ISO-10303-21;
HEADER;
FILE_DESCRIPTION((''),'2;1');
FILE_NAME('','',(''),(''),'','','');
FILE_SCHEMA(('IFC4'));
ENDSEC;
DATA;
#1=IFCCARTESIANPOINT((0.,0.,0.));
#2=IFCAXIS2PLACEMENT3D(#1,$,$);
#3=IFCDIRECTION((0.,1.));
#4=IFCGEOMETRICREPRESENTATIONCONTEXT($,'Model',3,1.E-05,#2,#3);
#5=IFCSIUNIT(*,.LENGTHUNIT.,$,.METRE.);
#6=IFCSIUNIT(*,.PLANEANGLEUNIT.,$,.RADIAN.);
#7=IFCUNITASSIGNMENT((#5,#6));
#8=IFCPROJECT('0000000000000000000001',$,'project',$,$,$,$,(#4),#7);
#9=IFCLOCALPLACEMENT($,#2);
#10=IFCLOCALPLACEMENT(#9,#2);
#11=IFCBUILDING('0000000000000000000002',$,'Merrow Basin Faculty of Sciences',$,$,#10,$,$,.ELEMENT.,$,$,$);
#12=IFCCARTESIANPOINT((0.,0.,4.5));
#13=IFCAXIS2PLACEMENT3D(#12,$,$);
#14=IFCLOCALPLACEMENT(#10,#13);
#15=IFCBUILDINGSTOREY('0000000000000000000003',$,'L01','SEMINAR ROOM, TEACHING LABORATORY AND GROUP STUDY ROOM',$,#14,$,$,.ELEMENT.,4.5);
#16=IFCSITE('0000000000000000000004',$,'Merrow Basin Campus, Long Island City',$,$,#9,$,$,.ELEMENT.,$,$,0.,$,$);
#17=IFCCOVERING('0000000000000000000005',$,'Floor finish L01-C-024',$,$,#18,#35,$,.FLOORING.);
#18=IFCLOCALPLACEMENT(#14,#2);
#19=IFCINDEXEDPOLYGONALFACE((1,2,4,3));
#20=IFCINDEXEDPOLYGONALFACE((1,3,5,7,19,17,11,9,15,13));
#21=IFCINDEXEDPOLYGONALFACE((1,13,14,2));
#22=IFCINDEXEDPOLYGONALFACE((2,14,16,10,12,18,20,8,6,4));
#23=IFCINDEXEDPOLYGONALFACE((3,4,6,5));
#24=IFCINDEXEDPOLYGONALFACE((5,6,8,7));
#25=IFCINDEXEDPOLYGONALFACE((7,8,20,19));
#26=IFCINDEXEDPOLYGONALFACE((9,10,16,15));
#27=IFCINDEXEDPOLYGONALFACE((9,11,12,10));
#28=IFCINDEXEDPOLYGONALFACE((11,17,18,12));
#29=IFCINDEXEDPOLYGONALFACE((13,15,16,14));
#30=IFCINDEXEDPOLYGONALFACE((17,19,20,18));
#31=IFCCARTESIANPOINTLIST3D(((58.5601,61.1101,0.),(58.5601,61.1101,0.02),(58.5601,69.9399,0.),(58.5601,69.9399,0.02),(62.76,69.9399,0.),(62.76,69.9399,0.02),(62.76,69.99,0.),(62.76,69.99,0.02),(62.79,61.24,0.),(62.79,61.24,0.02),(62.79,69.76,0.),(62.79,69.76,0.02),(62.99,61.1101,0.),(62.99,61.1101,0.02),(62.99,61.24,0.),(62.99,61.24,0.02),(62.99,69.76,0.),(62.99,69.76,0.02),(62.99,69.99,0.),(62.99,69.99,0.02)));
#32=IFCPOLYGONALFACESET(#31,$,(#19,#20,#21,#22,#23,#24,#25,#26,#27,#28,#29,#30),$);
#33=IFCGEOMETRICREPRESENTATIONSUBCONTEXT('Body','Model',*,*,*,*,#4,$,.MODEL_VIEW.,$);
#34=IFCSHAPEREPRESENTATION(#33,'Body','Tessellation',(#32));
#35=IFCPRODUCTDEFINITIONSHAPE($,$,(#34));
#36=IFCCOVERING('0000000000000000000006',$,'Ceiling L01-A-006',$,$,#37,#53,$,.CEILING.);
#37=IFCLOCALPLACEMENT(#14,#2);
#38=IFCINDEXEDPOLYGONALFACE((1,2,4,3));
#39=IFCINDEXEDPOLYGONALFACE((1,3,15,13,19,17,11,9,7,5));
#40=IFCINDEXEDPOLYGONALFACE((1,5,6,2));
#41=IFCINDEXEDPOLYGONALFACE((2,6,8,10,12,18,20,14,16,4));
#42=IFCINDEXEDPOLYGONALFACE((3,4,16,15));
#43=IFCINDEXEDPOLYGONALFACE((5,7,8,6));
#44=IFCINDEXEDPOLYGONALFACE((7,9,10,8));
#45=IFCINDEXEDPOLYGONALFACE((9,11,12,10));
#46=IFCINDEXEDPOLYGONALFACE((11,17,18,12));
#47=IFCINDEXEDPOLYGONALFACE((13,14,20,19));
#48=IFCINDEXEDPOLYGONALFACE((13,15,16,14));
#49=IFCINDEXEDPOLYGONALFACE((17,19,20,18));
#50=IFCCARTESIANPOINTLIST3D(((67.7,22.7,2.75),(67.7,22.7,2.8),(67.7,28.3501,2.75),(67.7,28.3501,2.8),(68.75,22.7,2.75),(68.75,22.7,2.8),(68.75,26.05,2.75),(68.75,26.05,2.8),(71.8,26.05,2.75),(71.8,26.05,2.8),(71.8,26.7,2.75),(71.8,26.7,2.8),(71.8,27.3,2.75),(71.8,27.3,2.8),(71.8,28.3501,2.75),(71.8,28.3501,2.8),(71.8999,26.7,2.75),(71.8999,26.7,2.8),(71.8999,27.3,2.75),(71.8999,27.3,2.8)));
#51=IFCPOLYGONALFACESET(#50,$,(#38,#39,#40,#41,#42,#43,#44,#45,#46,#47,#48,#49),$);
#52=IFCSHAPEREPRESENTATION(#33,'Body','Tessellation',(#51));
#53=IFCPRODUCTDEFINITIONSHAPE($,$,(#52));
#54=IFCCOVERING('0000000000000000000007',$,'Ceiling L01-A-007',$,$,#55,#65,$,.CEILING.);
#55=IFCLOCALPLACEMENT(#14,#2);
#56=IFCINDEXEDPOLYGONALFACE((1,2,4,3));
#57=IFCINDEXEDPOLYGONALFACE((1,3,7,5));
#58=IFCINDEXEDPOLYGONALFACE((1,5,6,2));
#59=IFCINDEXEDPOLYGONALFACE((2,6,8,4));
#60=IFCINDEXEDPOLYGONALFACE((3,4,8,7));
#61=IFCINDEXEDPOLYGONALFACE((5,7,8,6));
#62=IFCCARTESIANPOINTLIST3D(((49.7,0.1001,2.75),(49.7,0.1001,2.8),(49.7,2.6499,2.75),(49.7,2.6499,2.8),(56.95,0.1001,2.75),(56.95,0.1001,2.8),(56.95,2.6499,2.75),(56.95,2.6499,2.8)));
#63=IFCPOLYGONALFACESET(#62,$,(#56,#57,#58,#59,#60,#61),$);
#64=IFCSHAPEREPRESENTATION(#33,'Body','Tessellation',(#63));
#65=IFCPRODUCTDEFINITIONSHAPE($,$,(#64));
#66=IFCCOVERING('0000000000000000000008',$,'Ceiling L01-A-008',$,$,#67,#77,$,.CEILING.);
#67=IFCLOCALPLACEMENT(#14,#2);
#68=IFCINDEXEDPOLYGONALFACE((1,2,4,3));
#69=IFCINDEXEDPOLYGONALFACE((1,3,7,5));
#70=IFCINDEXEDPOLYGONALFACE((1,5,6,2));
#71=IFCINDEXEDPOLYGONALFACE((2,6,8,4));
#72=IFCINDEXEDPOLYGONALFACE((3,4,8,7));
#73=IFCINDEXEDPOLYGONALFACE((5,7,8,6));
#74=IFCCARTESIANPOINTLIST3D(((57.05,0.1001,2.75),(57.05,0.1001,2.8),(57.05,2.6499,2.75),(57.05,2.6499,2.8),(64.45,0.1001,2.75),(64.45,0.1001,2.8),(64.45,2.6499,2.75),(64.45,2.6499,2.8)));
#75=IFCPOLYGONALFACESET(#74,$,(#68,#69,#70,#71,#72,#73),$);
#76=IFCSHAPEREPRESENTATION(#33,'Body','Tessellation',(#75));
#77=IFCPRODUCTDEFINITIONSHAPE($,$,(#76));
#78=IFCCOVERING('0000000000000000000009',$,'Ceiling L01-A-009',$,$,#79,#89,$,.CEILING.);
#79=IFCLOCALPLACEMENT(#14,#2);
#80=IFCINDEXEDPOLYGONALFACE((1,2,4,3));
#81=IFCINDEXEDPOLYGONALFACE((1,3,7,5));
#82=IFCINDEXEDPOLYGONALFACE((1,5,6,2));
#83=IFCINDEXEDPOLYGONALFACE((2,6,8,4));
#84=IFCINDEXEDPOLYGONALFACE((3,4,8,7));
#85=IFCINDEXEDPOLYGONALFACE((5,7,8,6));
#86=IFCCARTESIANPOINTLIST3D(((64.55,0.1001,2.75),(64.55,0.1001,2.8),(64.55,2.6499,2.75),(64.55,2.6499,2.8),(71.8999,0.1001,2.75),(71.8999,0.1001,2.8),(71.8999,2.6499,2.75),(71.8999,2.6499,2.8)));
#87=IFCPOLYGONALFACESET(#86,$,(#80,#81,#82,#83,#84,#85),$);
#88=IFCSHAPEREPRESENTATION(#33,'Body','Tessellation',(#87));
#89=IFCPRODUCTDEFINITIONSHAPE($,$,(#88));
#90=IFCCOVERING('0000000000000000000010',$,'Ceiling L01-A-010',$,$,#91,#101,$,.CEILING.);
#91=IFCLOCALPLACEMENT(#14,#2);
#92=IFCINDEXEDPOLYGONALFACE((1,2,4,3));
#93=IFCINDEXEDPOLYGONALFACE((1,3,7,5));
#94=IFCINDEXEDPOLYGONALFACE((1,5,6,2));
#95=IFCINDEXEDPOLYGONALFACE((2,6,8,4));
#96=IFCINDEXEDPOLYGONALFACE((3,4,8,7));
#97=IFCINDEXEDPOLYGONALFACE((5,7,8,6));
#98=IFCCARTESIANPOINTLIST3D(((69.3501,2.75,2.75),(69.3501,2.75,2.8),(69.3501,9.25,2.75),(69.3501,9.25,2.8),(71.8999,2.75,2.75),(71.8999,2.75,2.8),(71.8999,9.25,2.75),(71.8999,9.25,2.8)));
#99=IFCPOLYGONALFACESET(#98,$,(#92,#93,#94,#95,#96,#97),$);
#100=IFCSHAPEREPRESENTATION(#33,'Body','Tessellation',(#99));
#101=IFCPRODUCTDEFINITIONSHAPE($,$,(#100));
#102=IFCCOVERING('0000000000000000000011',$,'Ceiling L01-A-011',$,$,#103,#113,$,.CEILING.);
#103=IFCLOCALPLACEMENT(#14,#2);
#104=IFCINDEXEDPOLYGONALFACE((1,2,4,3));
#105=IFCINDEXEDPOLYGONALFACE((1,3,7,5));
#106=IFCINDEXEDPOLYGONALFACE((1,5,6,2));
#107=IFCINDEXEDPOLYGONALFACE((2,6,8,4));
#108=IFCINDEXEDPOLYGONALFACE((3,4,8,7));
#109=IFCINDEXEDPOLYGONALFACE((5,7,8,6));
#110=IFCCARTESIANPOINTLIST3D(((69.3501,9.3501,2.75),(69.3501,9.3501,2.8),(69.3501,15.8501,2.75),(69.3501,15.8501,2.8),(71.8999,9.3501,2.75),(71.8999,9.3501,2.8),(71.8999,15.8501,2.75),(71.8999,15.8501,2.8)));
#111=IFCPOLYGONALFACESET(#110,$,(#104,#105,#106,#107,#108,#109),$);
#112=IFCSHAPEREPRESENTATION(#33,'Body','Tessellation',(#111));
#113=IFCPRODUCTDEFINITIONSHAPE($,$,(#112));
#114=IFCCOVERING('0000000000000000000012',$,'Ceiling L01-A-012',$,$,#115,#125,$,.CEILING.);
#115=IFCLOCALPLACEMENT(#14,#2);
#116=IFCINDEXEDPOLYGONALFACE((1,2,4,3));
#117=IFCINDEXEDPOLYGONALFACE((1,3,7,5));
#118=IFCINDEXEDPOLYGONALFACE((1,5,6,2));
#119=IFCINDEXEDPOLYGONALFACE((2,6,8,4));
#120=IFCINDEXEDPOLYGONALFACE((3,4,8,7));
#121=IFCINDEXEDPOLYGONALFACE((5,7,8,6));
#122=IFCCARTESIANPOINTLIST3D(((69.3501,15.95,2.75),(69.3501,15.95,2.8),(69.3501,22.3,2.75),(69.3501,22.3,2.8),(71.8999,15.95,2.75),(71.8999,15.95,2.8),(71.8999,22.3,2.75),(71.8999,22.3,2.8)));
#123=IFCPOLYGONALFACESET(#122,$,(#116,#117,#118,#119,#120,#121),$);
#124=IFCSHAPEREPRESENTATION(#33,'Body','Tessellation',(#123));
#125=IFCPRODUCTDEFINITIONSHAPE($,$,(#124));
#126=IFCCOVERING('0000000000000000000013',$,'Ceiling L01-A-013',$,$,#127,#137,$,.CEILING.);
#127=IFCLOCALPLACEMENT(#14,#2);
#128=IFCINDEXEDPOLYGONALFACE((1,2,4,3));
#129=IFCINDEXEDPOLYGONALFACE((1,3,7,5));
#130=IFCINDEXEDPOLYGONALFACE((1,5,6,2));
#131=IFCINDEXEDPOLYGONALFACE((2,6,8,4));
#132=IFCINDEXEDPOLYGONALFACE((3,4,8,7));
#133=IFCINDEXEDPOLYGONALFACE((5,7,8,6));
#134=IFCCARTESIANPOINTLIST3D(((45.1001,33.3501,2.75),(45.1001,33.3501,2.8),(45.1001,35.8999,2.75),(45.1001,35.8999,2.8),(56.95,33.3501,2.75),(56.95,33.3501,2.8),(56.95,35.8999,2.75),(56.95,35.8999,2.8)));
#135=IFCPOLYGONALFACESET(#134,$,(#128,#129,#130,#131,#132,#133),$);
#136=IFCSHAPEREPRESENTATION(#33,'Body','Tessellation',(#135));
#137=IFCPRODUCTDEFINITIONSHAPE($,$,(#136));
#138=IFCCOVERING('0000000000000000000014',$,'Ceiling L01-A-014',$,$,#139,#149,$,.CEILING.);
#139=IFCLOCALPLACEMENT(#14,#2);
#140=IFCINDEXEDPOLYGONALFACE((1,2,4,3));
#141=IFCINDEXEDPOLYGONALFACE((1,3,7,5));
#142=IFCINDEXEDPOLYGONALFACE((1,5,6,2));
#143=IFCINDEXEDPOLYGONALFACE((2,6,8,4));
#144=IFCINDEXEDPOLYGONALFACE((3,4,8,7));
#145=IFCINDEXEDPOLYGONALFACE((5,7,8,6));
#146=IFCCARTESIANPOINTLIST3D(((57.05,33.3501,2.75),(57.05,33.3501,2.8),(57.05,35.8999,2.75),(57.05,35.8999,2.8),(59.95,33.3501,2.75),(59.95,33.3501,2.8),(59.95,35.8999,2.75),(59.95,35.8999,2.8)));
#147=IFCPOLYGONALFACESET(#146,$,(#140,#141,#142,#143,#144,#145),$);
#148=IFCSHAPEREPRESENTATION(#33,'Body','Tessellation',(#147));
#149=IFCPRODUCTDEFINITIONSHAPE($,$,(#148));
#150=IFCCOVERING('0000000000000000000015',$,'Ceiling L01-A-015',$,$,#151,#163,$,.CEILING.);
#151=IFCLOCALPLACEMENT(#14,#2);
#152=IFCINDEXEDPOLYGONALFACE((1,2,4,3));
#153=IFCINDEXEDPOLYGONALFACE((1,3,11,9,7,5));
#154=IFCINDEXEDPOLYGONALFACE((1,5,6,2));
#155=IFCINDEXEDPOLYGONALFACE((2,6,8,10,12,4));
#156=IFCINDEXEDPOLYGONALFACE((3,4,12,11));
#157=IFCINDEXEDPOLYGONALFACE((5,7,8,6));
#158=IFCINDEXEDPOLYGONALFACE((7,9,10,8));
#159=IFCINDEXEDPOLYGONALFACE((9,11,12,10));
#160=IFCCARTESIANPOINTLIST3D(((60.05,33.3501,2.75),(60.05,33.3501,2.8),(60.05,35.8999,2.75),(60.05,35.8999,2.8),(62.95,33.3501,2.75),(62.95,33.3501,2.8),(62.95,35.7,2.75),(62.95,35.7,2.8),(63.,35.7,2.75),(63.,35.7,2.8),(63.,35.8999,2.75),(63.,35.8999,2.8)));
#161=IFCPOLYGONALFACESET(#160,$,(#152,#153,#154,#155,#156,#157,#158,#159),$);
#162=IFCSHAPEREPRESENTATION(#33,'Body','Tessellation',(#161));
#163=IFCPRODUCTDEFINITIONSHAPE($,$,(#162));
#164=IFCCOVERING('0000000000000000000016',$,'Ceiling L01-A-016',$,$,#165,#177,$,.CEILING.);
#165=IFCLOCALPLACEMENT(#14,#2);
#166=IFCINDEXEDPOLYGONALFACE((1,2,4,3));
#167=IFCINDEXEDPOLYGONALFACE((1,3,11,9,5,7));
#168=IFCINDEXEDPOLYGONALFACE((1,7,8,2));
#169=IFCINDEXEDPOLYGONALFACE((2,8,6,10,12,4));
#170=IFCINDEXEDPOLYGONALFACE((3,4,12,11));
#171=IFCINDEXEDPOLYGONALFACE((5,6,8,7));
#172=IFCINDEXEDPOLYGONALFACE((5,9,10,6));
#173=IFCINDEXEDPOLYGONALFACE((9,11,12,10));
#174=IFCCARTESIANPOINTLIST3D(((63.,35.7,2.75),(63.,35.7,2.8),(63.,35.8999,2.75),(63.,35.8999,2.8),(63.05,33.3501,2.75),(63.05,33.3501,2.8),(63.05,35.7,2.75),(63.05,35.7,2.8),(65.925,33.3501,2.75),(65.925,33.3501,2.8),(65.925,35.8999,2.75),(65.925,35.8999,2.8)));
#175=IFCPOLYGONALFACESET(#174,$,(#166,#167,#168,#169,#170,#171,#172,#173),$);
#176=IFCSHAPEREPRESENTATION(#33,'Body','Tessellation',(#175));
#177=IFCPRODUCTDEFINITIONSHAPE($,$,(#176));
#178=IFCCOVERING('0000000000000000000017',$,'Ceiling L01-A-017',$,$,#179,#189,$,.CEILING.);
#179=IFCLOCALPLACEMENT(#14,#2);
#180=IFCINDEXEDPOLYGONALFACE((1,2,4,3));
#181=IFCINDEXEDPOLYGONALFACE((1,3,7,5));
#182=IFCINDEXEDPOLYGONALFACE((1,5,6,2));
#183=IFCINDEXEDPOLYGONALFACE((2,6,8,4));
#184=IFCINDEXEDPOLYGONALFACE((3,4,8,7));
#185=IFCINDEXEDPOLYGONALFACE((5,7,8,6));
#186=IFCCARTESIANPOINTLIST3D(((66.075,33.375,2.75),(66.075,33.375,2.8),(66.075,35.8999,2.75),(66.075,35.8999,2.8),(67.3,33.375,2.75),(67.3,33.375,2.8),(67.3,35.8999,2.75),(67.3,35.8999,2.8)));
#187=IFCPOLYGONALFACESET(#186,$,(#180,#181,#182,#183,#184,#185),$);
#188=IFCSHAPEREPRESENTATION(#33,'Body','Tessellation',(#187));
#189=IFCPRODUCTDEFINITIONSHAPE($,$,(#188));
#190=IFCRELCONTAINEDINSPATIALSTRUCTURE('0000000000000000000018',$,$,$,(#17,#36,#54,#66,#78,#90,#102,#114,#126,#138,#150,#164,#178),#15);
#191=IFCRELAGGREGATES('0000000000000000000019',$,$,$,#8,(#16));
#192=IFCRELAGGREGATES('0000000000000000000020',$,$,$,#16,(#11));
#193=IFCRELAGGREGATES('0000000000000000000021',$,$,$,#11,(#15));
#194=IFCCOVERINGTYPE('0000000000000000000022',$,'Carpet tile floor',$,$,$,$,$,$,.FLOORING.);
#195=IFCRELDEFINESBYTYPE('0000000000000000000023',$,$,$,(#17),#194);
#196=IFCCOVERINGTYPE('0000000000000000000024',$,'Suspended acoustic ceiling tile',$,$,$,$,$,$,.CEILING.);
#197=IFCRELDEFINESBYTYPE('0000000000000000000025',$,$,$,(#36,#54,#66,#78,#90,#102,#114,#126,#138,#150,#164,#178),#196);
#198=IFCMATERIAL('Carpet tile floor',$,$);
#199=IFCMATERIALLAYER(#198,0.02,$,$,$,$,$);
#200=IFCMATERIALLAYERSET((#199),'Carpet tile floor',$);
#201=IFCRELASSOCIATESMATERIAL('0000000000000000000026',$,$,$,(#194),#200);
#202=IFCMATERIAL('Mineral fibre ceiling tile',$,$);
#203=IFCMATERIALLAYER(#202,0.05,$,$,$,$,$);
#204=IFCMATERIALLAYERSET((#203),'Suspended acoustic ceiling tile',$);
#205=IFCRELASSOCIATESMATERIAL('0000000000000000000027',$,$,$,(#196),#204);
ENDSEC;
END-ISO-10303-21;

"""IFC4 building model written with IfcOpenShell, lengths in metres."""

from ifc_helpers import new_model, si_unit, direction, frame, origin, place, context, subcontext, project, spatial, polyline, outline, extrude, material, layer, layer_set, type_object, element, save


model = new_model("IFC4")

# Units and contexts
model_context = context("Model", 3, precision=1e-05, world=origin(), true_north=direction((0.0, 1.0)))
body_context = subcontext(model_context, "Body", "Model", "MODEL_VIEW")
ifc_project = project(units=[si_unit("LENGTHUNIT", "METRE"), si_unit("PLANEANGLEUNIT", "RADIAN")], contexts=[model_context])

# Site, building, storey
site_placement = place(None, origin())
site = spatial("IfcSite", under=ifc_project, at=site_placement, Name="Merrow Basin Campus, Long Island City", CompositionType="ELEMENT", RefElevation=0.0)
building_placement = place(site_placement, origin())
building = spatial("IfcBuilding", under=site, at=building_placement, Name="Merrow Basin Faculty of Sciences", CompositionType="ELEMENT")
storey_placement = place(building_placement, frame((0.0, 0.0, 4.5)))
storey = spatial("IfcBuildingStorey", under=building, at=storey_placement, Name="L01", Description="SEMINAR ROOM, TEACHING LABORATORY AND GROUP STUDY ROOM", CompositionType="ELEMENT", Elevation=4.5)

# Coverings
ifc_material_1 = material(Name="Carpet tile floor")
ifc_layer_1 = layer(ifc_material_1, 0.02)
ifc_layer_set_1 = layer_set([ifc_layer_1], Name="Carpet tile floor")
covering_type_1 = type_object("IfcCoveringType", Name="Carpet tile floor", PredefinedType="FLOORING", material=ifc_layer_set_1)
covering_1_placement = place(storey_placement, origin())
element("IfcCovering", 1, at=covering_1_placement, inside=storey, type_object=covering_type_1, Name="Floor finish L01-C-024", PredefinedType="FLOORING", context=body_context, shape_type="SweptSolid", body=[
    extrude(outline(polyline([(62.99, 69.99), (62.99, 69.76), (62.79, 69.76), (62.79, 61.24), (62.99, 61.24), (62.99, 61.1101), (58.5601, 61.1101), (58.5601, 69.9399), (62.76, 69.9399), (62.76, 69.99), (62.99, 69.99)])), origin(), (0.0, 0.0, 1.0), 0.02),
])
ifc_material_2 = material(Name="Mineral fibre ceiling tile")
ifc_layer_2 = layer(ifc_material_2, 0.05)
ifc_layer_set_2 = layer_set([ifc_layer_2], Name="Suspended acoustic ceiling tile")
covering_type_2 = type_object("IfcCoveringType", Name="Suspended acoustic ceiling tile", PredefinedType="CEILING", material=ifc_layer_set_2)
covering_2_placement = place(storey_placement, frame((0.0, 0.0, 2.75)))
element("IfcCovering", 2, at=covering_2_placement, inside=storey, type_object=covering_type_2, Name="Ceiling L01-A-006", PredefinedType="CEILING", context=body_context, shape_type="SweptSolid", body=[
    extrude(outline(polyline([(71.8999, 26.7), (71.8, 26.7), (71.8, 26.05), (68.75, 26.05), (68.75, 22.7), (67.7, 22.7), (67.7, 28.3501), (71.8, 28.3501), (71.8, 27.3), (71.8999, 27.3), (71.8999, 26.7)])), origin(), (0.0, 0.0, 1.0), 0.05),
])
covering_3_placement = place(storey_placement, frame((0.0, 0.0, 2.75)))
element("IfcCovering", 3, at=covering_3_placement, inside=storey, type_object=covering_type_2, Name="Ceiling L01-A-007", PredefinedType="CEILING", context=body_context, shape_type="SweptSolid", body=[
    extrude(outline(polyline([(49.7, 0.1001), (49.7, 2.6499), (56.95, 2.6499), (56.95, 0.1001), (49.7, 0.1001)])), origin(), (0.0, 0.0, 1.0), 0.05),
])
covering_4_placement = place(storey_placement, frame((0.0, 0.0, 2.75)))
element("IfcCovering", 4, at=covering_4_placement, inside=storey, type_object=covering_type_2, Name="Ceiling L01-A-008", PredefinedType="CEILING", context=body_context, shape_type="SweptSolid", body=[
    extrude(outline(polyline([(57.05, 0.1001), (57.05, 2.6499), (64.45, 2.6499), (64.45, 0.1001), (57.05, 0.1001)])), origin(), (0.0, 0.0, 1.0), 0.05),
])
covering_5_placement = place(storey_placement, frame((0.0, 0.0, 2.75)))
element("IfcCovering", 5, at=covering_5_placement, inside=storey, type_object=covering_type_2, Name="Ceiling L01-A-009", PredefinedType="CEILING", context=body_context, shape_type="SweptSolid", body=[
    extrude(outline(polyline([(71.8999, 0.1001), (64.55, 0.1001), (64.55, 2.6499), (71.8999, 2.6499), (71.8999, 0.1001)])), origin(), (0.0, 0.0, 1.0), 0.05),
])
covering_6_placement = place(storey_placement, frame((0.0, 0.0, 2.75)))
element("IfcCovering", 6, at=covering_6_placement, inside=storey, type_object=covering_type_2, Name="Ceiling L01-A-010", PredefinedType="CEILING", context=body_context, shape_type="SweptSolid", body=[
    extrude(outline(polyline([(71.8999, 2.75), (69.3501, 2.75), (69.3501, 9.25), (71.8999, 9.25), (71.8999, 2.75)])), origin(), (0.0, 0.0, 1.0), 0.05),
])
covering_7_placement = place(storey_placement, frame((0.0, 0.0, 2.75)))
element("IfcCovering", 7, at=covering_7_placement, inside=storey, type_object=covering_type_2, Name="Ceiling L01-A-011", PredefinedType="CEILING", context=body_context, shape_type="SweptSolid", body=[
    extrude(outline(polyline([(71.8999, 9.3501), (69.3501, 9.3501), (69.3501, 15.8501), (71.8999, 15.8501), (71.8999, 9.3501)])), origin(), (0.0, 0.0, 1.0), 0.05),
])
covering_8_placement = place(storey_placement, frame((0.0, 0.0, 2.75)))
element("IfcCovering", 8, at=covering_8_placement, inside=storey, type_object=covering_type_2, Name="Ceiling L01-A-012", PredefinedType="CEILING", context=body_context, shape_type="SweptSolid", body=[
    extrude(outline(polyline([(71.8999, 15.95), (69.3501, 15.95), (69.3501, 22.3), (71.8999, 22.3), (71.8999, 15.95)])), origin(), (0.0, 0.0, 1.0), 0.05),
])
covering_9_placement = place(storey_placement, frame((0.0, 0.0, 2.75)))
element("IfcCovering", 9, at=covering_9_placement, inside=storey, type_object=covering_type_2, Name="Ceiling L01-A-013", PredefinedType="CEILING", context=body_context, shape_type="SweptSolid", body=[
    extrude(outline(polyline([(45.1001, 35.8999), (56.95, 35.8999), (56.95, 33.3501), (45.1001, 33.3501), (45.1001, 35.8999)])), origin(), (0.0, 0.0, 1.0), 0.05),
])
covering_10_placement = place(storey_placement, frame((0.0, 0.0, 2.75)))
element("IfcCovering", 10, at=covering_10_placement, inside=storey, type_object=covering_type_2, Name="Ceiling L01-A-014", PredefinedType="CEILING", context=body_context, shape_type="SweptSolid", body=[
    extrude(outline(polyline([(59.95, 35.8999), (59.95, 33.3501), (57.05, 33.3501), (57.05, 35.8999), (59.95, 35.8999)])), origin(), (0.0, 0.0, 1.0), 0.05),
])
covering_11_placement = place(storey_placement, frame((0.0, 0.0, 2.75)))
element("IfcCovering", 11, at=covering_11_placement, inside=storey, type_object=covering_type_2, Name="Ceiling L01-A-015", PredefinedType="CEILING", context=body_context, shape_type="SweptSolid", body=[
    extrude(outline(polyline([(63.0, 35.8999), (63.0, 35.7), (62.95, 35.7), (62.95, 33.3501), (60.05, 33.3501), (60.05, 35.8999), (63.0, 35.8999)])), origin(), (0.0, 0.0, 1.0), 0.05),
])
covering_12_placement = place(storey_placement, frame((0.0, 0.0, 2.75)))
element("IfcCovering", 12, at=covering_12_placement, inside=storey, type_object=covering_type_2, Name="Ceiling L01-A-016", PredefinedType="CEILING", context=body_context, shape_type="SweptSolid", body=[
    extrude(outline(polyline([(63.0, 35.8999), (65.925, 35.8999), (65.925, 33.3501), (63.05, 33.3501), (63.05, 35.7), (63.0, 35.7), (63.0, 35.8999)])), origin(), (0.0, 0.0, 1.0), 0.05),
])
covering_13_placement = place(storey_placement, frame((0.0, 0.0, 2.75)))
element("IfcCovering", 13, at=covering_13_placement, inside=storey, type_object=covering_type_2, Name="Ceiling L01-A-017", PredefinedType="CEILING", context=body_context, shape_type="SweptSolid", body=[
    extrude(outline(polyline([(67.3, 35.8999), (67.3, 33.375), (66.075, 33.375), (66.075, 35.8999), (67.3, 35.8999)])), origin(), (0.0, 0.0, 1.0), 0.05),
])

save(model, "model.ifc")
